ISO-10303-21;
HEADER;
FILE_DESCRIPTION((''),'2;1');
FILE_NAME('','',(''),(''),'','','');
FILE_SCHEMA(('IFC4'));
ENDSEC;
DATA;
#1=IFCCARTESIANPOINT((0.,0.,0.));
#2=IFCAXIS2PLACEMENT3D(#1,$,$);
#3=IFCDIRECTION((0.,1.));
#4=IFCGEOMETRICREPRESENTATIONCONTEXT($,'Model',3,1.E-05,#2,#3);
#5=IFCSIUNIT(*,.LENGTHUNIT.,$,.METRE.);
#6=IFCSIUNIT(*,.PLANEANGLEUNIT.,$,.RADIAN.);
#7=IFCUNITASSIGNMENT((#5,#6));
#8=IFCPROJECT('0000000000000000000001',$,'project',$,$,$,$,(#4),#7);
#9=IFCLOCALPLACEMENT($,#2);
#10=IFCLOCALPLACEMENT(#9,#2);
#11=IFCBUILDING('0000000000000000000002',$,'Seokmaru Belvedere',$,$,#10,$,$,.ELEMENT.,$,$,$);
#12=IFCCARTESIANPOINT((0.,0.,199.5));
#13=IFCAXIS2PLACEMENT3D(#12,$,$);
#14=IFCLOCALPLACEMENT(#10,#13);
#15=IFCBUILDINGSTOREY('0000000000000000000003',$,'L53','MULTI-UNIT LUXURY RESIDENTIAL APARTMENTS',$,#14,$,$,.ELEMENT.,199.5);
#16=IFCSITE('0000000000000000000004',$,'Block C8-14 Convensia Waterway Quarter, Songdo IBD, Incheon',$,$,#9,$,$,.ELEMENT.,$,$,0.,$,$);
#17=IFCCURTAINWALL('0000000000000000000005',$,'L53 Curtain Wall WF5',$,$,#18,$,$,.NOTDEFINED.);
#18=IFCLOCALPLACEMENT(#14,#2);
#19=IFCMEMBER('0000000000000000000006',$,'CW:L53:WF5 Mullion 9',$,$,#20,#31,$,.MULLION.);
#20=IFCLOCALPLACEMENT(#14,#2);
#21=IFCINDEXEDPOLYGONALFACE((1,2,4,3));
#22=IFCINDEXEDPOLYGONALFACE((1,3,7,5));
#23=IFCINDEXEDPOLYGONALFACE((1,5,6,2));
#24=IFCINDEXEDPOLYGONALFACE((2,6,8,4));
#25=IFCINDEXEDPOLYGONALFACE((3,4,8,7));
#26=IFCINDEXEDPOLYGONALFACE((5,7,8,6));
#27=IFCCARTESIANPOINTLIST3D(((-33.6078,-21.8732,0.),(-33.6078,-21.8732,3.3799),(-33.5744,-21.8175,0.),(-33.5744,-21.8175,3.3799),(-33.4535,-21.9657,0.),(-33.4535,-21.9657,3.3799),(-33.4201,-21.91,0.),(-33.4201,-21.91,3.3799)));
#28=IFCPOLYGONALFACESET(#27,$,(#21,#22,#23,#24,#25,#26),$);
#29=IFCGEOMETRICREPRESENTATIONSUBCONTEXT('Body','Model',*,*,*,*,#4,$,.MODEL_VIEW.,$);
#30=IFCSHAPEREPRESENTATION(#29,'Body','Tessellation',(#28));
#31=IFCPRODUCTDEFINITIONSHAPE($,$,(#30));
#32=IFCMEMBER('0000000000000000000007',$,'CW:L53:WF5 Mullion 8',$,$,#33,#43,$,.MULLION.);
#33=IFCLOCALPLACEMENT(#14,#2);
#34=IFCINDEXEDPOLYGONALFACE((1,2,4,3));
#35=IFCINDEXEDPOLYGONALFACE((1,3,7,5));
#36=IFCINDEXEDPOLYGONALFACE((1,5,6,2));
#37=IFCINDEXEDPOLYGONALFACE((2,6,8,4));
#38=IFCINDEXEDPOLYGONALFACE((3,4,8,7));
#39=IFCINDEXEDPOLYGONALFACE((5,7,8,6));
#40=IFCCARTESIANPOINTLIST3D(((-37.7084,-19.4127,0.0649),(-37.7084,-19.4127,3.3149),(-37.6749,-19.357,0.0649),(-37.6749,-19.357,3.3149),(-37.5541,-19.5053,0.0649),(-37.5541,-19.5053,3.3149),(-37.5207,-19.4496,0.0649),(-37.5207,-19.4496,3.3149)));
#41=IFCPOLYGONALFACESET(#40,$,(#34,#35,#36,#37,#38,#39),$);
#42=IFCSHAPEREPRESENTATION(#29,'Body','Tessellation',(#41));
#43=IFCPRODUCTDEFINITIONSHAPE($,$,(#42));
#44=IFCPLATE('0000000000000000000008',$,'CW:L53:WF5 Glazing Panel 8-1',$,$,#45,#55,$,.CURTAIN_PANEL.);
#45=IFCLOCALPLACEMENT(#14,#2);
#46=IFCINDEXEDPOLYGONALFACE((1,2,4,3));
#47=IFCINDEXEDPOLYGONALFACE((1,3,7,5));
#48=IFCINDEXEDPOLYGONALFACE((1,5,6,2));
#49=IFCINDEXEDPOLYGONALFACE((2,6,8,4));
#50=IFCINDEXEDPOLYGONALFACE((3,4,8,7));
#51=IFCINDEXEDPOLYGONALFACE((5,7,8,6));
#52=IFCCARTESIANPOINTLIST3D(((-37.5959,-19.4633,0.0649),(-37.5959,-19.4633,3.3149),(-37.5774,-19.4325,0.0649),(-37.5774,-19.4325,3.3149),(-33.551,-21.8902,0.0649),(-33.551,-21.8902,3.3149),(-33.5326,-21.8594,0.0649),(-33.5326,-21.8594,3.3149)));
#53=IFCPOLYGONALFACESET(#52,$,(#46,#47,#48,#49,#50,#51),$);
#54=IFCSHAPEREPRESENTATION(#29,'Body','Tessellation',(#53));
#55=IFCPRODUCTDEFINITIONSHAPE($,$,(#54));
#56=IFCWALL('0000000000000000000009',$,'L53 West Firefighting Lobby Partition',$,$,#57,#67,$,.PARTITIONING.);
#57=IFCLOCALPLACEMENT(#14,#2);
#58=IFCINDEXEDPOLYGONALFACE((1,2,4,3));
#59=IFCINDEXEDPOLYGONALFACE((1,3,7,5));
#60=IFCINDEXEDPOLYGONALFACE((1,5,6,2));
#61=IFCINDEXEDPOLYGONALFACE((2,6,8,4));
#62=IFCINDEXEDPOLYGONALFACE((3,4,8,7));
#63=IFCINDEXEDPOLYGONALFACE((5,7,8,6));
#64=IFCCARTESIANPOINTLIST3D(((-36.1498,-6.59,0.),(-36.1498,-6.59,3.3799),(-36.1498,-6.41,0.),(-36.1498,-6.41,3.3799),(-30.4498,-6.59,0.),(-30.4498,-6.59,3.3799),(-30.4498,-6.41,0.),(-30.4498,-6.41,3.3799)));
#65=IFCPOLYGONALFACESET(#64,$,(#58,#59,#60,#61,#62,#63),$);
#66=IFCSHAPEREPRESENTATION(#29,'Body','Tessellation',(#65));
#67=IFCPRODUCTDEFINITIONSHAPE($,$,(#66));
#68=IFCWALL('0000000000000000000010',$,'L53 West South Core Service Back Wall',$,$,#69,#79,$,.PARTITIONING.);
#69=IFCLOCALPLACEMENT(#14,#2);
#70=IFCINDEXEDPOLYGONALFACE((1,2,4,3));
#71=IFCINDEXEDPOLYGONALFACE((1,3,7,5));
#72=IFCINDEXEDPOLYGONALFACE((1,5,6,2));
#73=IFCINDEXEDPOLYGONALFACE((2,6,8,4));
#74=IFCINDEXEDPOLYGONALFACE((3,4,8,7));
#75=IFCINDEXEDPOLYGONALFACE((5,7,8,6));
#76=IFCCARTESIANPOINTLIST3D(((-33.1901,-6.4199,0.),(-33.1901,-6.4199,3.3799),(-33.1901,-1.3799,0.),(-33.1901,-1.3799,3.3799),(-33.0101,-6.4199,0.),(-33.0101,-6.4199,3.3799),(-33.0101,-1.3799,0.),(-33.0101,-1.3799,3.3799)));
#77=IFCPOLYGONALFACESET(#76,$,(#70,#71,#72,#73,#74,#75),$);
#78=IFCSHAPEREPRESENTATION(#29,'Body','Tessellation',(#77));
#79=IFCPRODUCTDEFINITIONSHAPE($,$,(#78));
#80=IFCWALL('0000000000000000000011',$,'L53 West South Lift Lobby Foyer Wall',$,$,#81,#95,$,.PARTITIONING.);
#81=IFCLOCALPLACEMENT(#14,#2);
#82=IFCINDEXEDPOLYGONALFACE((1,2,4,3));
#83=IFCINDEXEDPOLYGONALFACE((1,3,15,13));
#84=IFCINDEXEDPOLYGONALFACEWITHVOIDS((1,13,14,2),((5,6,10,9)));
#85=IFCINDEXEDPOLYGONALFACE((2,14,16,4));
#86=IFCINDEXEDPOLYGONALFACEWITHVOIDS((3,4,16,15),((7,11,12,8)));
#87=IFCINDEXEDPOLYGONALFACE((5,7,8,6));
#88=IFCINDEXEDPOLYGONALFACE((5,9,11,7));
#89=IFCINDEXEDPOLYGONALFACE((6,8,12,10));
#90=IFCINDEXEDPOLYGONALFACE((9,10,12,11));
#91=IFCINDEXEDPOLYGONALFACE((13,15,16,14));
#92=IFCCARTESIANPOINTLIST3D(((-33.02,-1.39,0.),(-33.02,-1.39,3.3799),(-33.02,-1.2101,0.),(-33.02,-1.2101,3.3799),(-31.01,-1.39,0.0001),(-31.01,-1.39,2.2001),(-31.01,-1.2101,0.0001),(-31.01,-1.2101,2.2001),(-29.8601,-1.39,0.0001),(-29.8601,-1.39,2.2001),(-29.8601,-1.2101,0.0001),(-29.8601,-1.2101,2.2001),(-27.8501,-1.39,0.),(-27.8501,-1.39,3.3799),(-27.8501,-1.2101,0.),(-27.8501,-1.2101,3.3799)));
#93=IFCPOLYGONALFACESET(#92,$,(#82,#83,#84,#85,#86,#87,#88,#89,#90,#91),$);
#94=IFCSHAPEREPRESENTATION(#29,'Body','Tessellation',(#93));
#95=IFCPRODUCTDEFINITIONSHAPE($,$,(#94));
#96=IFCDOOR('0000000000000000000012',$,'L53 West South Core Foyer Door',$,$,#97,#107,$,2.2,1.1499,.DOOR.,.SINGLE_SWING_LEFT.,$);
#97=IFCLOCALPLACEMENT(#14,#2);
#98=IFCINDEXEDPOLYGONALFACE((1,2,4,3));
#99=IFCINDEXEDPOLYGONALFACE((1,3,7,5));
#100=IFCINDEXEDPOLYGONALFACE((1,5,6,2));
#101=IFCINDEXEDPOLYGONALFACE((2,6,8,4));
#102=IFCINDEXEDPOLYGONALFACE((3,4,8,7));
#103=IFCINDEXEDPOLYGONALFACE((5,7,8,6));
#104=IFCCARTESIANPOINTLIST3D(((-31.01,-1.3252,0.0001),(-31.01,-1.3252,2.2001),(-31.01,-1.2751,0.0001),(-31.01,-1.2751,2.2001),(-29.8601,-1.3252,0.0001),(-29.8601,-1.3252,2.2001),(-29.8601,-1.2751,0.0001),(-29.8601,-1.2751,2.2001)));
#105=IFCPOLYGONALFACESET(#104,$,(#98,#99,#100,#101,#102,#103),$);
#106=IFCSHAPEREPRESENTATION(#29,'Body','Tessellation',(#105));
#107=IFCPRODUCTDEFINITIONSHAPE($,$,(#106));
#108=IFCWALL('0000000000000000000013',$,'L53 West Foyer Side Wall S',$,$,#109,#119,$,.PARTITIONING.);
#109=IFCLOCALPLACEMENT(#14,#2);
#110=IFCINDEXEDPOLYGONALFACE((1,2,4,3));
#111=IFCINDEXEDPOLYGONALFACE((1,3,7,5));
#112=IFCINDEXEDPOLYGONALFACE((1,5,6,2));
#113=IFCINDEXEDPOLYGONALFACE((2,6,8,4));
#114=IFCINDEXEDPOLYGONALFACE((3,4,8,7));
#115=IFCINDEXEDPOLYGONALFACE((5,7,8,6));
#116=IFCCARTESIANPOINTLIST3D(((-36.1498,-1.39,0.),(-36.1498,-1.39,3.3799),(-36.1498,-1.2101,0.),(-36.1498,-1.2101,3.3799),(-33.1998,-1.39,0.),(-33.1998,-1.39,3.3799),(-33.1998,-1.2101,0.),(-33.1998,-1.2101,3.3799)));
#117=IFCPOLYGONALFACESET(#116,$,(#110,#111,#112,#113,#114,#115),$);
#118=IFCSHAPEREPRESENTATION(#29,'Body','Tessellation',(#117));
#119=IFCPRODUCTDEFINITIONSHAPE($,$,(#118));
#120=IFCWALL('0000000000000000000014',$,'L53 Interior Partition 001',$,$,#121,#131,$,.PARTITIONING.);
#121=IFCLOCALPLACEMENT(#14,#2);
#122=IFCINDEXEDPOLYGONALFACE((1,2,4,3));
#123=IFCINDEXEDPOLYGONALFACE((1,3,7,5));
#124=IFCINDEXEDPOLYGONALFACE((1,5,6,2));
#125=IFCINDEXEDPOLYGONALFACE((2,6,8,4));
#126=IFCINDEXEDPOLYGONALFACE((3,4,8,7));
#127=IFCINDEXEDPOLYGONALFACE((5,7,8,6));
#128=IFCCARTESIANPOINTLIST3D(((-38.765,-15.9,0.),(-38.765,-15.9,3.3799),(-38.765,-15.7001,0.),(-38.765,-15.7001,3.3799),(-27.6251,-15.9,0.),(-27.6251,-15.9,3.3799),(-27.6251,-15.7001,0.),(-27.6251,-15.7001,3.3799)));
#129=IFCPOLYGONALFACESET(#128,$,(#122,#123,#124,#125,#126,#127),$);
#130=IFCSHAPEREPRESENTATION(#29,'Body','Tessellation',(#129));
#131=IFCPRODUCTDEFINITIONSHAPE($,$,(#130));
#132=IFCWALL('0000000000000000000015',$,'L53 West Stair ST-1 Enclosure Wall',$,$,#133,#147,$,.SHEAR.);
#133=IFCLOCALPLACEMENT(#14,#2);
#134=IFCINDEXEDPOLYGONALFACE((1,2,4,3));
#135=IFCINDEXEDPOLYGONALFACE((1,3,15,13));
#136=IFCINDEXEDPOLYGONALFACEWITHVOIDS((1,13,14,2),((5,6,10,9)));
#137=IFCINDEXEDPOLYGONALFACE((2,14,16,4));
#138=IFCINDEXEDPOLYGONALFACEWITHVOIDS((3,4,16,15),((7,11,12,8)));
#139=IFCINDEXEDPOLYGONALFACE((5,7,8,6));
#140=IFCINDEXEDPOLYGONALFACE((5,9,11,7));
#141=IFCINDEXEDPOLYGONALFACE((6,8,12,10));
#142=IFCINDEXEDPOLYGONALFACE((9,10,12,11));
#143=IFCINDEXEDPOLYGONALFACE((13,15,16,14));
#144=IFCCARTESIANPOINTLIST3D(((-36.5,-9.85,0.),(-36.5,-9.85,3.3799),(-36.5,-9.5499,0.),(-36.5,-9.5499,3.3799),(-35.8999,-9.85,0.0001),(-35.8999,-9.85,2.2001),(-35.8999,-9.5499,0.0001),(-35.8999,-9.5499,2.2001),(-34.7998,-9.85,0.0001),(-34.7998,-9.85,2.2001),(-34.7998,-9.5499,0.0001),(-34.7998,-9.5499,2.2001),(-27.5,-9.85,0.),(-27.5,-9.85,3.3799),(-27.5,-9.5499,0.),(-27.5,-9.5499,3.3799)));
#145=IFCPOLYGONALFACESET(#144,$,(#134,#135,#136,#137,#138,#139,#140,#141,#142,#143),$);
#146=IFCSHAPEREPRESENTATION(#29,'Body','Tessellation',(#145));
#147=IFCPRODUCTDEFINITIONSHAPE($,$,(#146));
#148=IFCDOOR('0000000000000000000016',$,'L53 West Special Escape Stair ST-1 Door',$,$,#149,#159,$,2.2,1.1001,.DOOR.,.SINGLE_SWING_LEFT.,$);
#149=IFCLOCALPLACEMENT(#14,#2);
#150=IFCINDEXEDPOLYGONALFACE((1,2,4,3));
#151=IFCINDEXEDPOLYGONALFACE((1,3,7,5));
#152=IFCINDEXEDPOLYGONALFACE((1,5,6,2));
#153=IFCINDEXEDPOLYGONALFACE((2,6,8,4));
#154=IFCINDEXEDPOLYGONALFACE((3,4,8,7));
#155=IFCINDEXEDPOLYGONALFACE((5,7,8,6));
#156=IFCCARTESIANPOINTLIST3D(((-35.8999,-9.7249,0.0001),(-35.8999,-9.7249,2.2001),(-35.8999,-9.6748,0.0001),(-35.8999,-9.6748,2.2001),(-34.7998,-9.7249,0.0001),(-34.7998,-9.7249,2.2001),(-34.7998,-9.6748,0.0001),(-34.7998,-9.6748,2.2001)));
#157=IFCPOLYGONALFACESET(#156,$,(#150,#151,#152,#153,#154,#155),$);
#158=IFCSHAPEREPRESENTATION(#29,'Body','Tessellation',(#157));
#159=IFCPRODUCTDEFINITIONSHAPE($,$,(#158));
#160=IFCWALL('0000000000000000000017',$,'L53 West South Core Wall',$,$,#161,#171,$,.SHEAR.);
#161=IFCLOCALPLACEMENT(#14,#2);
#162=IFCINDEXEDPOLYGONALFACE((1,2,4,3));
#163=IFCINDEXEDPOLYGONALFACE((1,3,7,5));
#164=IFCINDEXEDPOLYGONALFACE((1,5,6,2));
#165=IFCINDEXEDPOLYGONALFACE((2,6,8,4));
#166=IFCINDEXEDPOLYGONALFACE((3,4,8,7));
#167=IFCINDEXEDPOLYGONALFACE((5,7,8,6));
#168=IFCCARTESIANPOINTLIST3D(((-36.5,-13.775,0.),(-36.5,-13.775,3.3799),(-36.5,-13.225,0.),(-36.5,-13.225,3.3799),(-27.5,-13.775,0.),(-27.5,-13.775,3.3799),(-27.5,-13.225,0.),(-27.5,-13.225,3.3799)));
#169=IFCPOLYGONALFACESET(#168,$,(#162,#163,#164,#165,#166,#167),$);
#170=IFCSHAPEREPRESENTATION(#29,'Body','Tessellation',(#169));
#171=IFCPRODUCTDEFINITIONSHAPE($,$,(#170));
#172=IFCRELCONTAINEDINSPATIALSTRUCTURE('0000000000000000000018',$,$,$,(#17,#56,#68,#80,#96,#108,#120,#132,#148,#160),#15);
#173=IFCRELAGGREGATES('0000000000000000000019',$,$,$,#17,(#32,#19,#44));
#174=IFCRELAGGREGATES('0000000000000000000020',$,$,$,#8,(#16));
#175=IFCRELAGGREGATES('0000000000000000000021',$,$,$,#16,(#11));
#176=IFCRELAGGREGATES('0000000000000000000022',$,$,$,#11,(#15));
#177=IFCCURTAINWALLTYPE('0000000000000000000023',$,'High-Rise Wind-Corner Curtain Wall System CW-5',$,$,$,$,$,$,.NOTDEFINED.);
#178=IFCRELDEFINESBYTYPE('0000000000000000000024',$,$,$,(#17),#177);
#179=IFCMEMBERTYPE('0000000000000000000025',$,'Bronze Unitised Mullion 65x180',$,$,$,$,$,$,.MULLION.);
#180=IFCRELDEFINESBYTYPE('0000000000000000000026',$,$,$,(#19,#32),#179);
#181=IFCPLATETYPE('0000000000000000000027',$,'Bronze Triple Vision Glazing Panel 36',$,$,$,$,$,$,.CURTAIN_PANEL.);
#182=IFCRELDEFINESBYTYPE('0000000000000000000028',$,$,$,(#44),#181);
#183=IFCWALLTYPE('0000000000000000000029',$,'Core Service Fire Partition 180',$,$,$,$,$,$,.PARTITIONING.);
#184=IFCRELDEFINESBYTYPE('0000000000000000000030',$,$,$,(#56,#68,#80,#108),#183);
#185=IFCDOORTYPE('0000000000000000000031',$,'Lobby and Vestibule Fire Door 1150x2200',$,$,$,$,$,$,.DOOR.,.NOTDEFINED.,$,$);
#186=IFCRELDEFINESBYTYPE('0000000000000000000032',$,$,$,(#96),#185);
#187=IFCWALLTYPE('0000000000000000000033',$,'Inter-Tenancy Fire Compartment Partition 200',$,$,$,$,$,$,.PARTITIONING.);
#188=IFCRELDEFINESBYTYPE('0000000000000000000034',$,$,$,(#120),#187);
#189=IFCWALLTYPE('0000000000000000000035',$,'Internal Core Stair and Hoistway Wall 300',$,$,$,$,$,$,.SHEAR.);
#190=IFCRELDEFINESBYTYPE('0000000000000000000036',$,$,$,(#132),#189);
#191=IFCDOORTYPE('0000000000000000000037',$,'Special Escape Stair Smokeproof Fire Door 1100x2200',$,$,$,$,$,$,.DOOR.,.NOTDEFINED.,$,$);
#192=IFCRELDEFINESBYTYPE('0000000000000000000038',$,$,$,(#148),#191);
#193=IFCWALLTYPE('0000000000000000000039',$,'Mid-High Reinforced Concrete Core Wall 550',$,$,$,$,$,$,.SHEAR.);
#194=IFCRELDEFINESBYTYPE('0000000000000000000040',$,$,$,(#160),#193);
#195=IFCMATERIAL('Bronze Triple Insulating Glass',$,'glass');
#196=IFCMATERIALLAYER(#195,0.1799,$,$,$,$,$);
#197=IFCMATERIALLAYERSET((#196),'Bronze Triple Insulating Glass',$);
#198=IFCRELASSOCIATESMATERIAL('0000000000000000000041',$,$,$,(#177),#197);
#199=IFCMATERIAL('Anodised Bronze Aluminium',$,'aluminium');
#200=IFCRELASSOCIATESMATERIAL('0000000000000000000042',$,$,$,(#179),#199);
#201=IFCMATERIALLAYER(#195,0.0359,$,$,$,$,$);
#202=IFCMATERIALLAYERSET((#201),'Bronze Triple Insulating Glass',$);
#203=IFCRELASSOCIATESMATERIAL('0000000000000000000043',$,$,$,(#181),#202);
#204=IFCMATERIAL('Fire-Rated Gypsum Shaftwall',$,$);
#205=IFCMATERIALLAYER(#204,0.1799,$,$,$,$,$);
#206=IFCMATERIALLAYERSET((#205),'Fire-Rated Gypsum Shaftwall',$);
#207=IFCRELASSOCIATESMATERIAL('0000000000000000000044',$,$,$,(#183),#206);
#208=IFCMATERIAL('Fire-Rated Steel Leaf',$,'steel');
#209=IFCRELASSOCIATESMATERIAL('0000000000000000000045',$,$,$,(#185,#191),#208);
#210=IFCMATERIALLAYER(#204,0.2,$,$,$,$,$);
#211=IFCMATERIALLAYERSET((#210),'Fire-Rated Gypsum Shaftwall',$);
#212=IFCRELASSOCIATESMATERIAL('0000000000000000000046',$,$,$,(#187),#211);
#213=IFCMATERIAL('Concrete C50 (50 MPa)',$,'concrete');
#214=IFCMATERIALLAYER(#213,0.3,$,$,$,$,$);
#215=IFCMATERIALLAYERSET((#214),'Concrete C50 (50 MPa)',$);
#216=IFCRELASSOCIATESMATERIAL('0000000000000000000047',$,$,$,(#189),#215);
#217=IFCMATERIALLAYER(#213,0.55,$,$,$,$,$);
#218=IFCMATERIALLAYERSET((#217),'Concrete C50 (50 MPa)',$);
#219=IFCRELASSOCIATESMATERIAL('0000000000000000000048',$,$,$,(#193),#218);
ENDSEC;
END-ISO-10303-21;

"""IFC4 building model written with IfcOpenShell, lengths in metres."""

from ifc_helpers import new_model, si_unit, direction, frame, frame_2d, origin, origin_2d, place, context, subcontext, project, spatial, rectangle, extrude, source, transform, mapped, material, layer, layer_set, material_profile, profile_set, type_object, type_shapes, element, fill, aggregate, save


model = new_model("IFC4")

# Units and contexts
model_context = context("Model", 3, precision=1e-05, world=origin(), true_north=direction((0.0, 1.0)))
body_context = subcontext(model_context, "Body", "Model", "MODEL_VIEW")
ifc_project = project(units=[si_unit("LENGTHUNIT", "METRE"), si_unit("PLANEANGLEUNIT", "RADIAN")], contexts=[model_context])

# Site, building, storey
site_placement = place(None, origin())
site = spatial("IfcSite", under=ifc_project, at=site_placement, Name="Block C8-14 Convensia Waterway Quarter, Songdo IBD, Incheon", CompositionType="ELEMENT", RefElevation=0.0)
building_placement = place(site_placement, origin())
building = spatial("IfcBuilding", under=site, at=building_placement, Name="Seokmaru Belvedere", CompositionType="ELEMENT")
storey_placement = place(building_placement, frame((0.0, 0.0, 199.5)))
storey = spatial("IfcBuildingStorey", under=building, at=storey_placement, Name="L53", Description="MULTI-UNIT LUXURY RESIDENTIAL APARTMENTS", CompositionType="ELEMENT", Elevation=199.5)

# Curtain wall, members, plate
ifc_material_1 = material(Name="Bronze Triple Insulating Glass", Category="glass")
ifc_layer_1 = layer(ifc_material_1, 0.1799)
ifc_layer_set_1 = layer_set([ifc_layer_1], Name="Bronze Triple Insulating Glass")
curtain_wall_type = type_object("IfcCurtainWallType", Name="High-Rise Wind-Corner Curtain Wall System CW-5", PredefinedType="NOTDEFINED", material=ifc_layer_set_1)
curtain_wall_placement = place(storey_placement, origin())
curtain_wall = element("IfcCurtainWall", 1, at=curtain_wall_placement, inside=storey, type_object=curtain_wall_type, Name="L53 Curtain Wall WF5", PredefinedType="NOTDEFINED")
ifc_material_2 = material(Name="Anodised Bronze Aluminium", Category="aluminium")
ifc_material_profile_1 = material_profile(ifc_material_2, rectangle(XDim=0.0649, YDim=0.1799, at=origin_2d()), Name="CW-M-65x180")
ifc_profile_set_1 = profile_set([ifc_material_profile_1], Name="Anodised Bronze Aluminium")
member_type = type_object("IfcMemberType", Name="Bronze Unitised Mullion 65x180", PredefinedType="MULLION", material=ifc_profile_set_1)
shared_shape_1 = source(origin(), body_context, "Body", "SweptSolid", [
    extrude(rectangle(XDim=0.0649, YDim=0.1799, at=origin_2d()), origin(), (0.0, 0.0, 1.0), 3.3799),
])
member_1_placement = place(storey_placement, frame((-33.5139, -21.8916, 0.0), z_axis=(0.0, 0.0, 1.0), x_axis=(0.514495, 0.857493, 0.0)))
member_1 = element("IfcMember", 2, at=member_1_placement, type_object=member_type, Name="CW:L53:WF5 Mullion 9", PredefinedType="MULLION", context=body_context, shape_type="MappedRepresentation", body=[
    mapped(shared_shape_1, transform((0.0, 0.0, 0.0), scale=1.0)),
])
shared_shape_2 = source(origin(), body_context, "Body", "SweptSolid", [
    extrude(rectangle(XDim=0.0649, YDim=0.1799, at=origin_2d()), origin(), (0.0, 0.0, 1.0), 3.25),
])
type_shapes(member_type, [shared_shape_1, shared_shape_2])
member_2_placement = place(storey_placement, frame((-37.6145, -19.4312, 0.0649), z_axis=(0.0, 0.0, 1.0), x_axis=(0.514495, 0.857493, 0.0)))
member_2 = element("IfcMember", 3, at=member_2_placement, type_object=member_type, Name="CW:L53:WF5 Mullion 8", PredefinedType="MULLION", context=body_context, shape_type="MappedRepresentation", body=[
    mapped(shared_shape_2, transform((0.0, 0.0, 0.0), scale=1.0)),
])
ifc_layer_2 = layer(ifc_material_1, 0.0359)
ifc_layer_set_2 = layer_set([ifc_layer_2], Name="Bronze Triple Insulating Glass")
plate_type = type_object("IfcPlateType", Name="Bronze Triple Vision Glazing Panel 36", PredefinedType="CURTAIN_PANEL", material=ifc_layer_set_2)
shared_shape_3 = source(origin(), body_context, "Body", "SweptSolid", [
    extrude(rectangle(XDim=4.717, YDim=0.0359, at=origin_2d()), origin(), (0.0, 0.0, 1.0), 3.25),
])
type_shapes(plate_type, [shared_shape_3])
plate_placement = place(storey_placement, frame((-35.5642, -20.6614, 0.0649), z_axis=(0.0, 0.0, 1.0), x_axis=(0.857493, -0.514495, 0.0)))
plate = element("IfcPlate", 4, at=plate_placement, type_object=plate_type, Name="CW:L53:WF5 Glazing Panel 8-1", PredefinedType="CURTAIN_PANEL", context=body_context, shape_type="MappedRepresentation", body=[
    mapped(shared_shape_3, transform((0.0, 0.0, 0.0), scale=1.0)),
])
aggregate(curtain_wall, [member_2, member_1, plate])

# Shared definitions
ifc_material_3 = material(Name="Fire-Rated Gypsum Shaftwall")

# Walls
ifc_layer_3 = layer(ifc_material_3, 0.1799)
ifc_layer_set_3 = layer_set([ifc_layer_3], Name="Fire-Rated Gypsum Shaftwall")
wall_type_1 = type_object("IfcWallType", Name="Core Service Fire Partition 180", PredefinedType="PARTITIONING", material=ifc_layer_set_3)
wall_1_placement = place(storey_placement, frame((-36.1499, -6.5, 0.0), z_axis=(0.0, 0.0, 1.0), x_axis=(1.0, 0.0, 0.0)))
element("IfcWall", 5, at=wall_1_placement, inside=storey, type_object=wall_type_1, Name="L53 West Firefighting Lobby Partition", PredefinedType="PARTITIONING", context=body_context, shape_type="SweptSolid", body=[
    extrude(rectangle(XDim=5.7, YDim=0.1799, at=frame_2d((2.8501, 0.0))), origin(), (0.0, 0.0, 1.0), 3.3799),
])
wall_2_placement = place(storey_placement, frame((-33.1001, -6.4199, 0.0), z_axis=(0.0, 0.0, 1.0), x_axis=(0.0, 1.0, 0.0)))
element("IfcWall", 6, at=wall_2_placement, inside=storey, type_object=wall_type_1, Name="L53 West South Core Service Back Wall", PredefinedType="PARTITIONING", context=body_context, shape_type="SweptSolid", body=[
    extrude(rectangle(XDim=5.04, YDim=0.1799, at=frame_2d((2.52, 0.0))), origin(), (0.0, 0.0, 1.0), 3.3799),
])

# Wall, opening, door
wall_3_placement = place(storey_placement, frame((-33.02, -1.3, 0.0), z_axis=(0.0, 0.0, 1.0), x_axis=(1.0, 0.0, 0.0)))
wall_3 = element("IfcWall", 7, at=wall_3_placement, inside=storey, type_object=wall_type_1, Name="L53 West South Lift Lobby Foyer Wall", PredefinedType="PARTITIONING", context=body_context, shape_type="SweptSolid", body=[
    extrude(rectangle(XDim=5.1699, YDim=0.1799, at=frame_2d((2.585, 0.0))), origin(), (0.0, 0.0, 1.0), 3.3799),
])
opening_1_placement = place(wall_3_placement, frame((2.01, 0.0, 0.0)))
opening_1 = element("IfcOpeningElement", 8, at=opening_1_placement, cuts=wall_3, PredefinedType="OPENING", context=body_context, shape_type="SweptSolid", body=[
    extrude(rectangle(XDim=1.1499, YDim=2.2, at=frame_2d((0.575, 1.1001))), frame((0.0, 0.1001, 0.0), z_axis=(0.0, -1.0, 0.0), x_axis=(1.0, 0.0, 0.0)), (0.0, 0.0, 1.0), 0.2),
])
ifc_material_4 = material(Name="Fire-Rated Steel Leaf", Category="steel")
door_type_1 = type_object("IfcDoorType", Name="Lobby and Vestibule Fire Door 1150x2200", OperationType="NOTDEFINED", PredefinedType="DOOR", material=ifc_material_4)
shared_shape_4 = source(origin(), body_context, "Body", "SweptSolid", [
    extrude(rectangle(XDim=1.1499, YDim=2.2, at=frame_2d((0.575, 1.1001))), frame((0.0, 0.0249, 0.0), z_axis=(0.0, -1.0, 0.0), x_axis=(1.0, 0.0, 0.0)), (0.0, 0.0, 1.0), 0.05),
])
type_shapes(door_type_1, [shared_shape_4])
door_1_placement = place(opening_1_placement, origin())
door_1 = element("IfcDoor", 9, at=door_1_placement, inside=storey, type_object=door_type_1, Name="L53 West South Core Foyer Door", OperationType="SINGLE_SWING_LEFT", OverallHeight=2.2, OverallWidth=1.1499, PredefinedType="DOOR", context=body_context, shape_type="MappedRepresentation", body=[
    mapped(shared_shape_4, transform((0.0, 0.0, 0.0), scale=1.0)),
])
fill(opening_1, door_1)

# Walls
wall_4_placement = place(storey_placement, frame((-36.1499, -1.3, 0.0), z_axis=(0.0, 0.0, 1.0), x_axis=(1.0, 0.0, 0.0)))
element("IfcWall", 10, at=wall_4_placement, inside=storey, type_object=wall_type_1, Name="L53 West Foyer Side Wall S", PredefinedType="PARTITIONING", context=body_context, shape_type="SweptSolid", body=[
    extrude(rectangle(XDim=2.95, YDim=0.1799, at=frame_2d((1.4751, 0.0))), origin(), (0.0, 0.0, 1.0), 3.3799),
])
ifc_layer_4 = layer(ifc_material_3, 0.2)
ifc_layer_set_4 = layer_set([ifc_layer_4], Name="Fire-Rated Gypsum Shaftwall")
wall_type_2 = type_object("IfcWallType", Name="Inter-Tenancy Fire Compartment Partition 200", PredefinedType="PARTITIONING", material=ifc_layer_set_4)
wall_5_placement = place(storey_placement, frame((-38.7649, -15.8, 0.0), z_axis=(0.0, 0.0, 1.0), x_axis=(1.0, 0.0, 0.0)))
element("IfcWall", 11, at=wall_5_placement, inside=storey, type_object=wall_type_2, Name="L53 Interior Partition 001", PredefinedType="PARTITIONING", context=body_context, shape_type="SweptSolid", body=[
    extrude(rectangle(XDim=11.1399, YDim=0.2, at=frame_2d((5.5698, 0.0))), origin(), (0.0, 0.0, 1.0), 3.3799),
])

# Wall, opening, door
ifc_material_5 = material(Name="Concrete C50 (50 MPa)", Category="concrete")
ifc_layer_5 = layer(ifc_material_5, 0.3)
ifc_layer_set_5 = layer_set([ifc_layer_5], Name="Concrete C50 (50 MPa)")
wall_type_3 = type_object("IfcWallType", Name="Internal Core Stair and Hoistway Wall 300", PredefinedType="SHEAR", material=ifc_layer_set_5)
wall_6_placement = place(storey_placement, frame((-36.5, -9.7, 0.0), z_axis=(0.0, 0.0, 1.0), x_axis=(1.0, 0.0, 0.0)))
wall_6 = element("IfcWall", 12, at=wall_6_placement, inside=storey, type_object=wall_type_3, Name="L53 West Stair ST-1 Enclosure Wall", PredefinedType="SHEAR", context=body_context, shape_type="SweptSolid", body=[
    extrude(rectangle(XDim=9.0, YDim=0.3, at=frame_2d((4.5, 0.0))), origin(), (0.0, 0.0, 1.0), 3.3799),
])
opening_2_placement = place(wall_6_placement, frame((0.6001, 0.0, 0.0)))
opening_2 = element("IfcOpeningElement", 13, at=opening_2_placement, cuts=wall_6, PredefinedType="OPENING", context=body_context, shape_type="SweptSolid", body=[
    extrude(rectangle(XDim=1.1001, YDim=2.2, at=frame_2d((0.55, 1.1001))), frame((0.0, 0.1602, 0.0), z_axis=(0.0, -1.0, 0.0), x_axis=(1.0, 0.0, 0.0)), (0.0, 0.0, 1.0), 0.3201),
])
door_type_2 = type_object("IfcDoorType", Name="Special Escape Stair Smokeproof Fire Door 1100x2200", OperationType="NOTDEFINED", PredefinedType="DOOR", material=ifc_material_4)
shared_shape_5 = source(origin(), body_context, "Body", "SweptSolid", [
    extrude(rectangle(XDim=1.1001, YDim=2.2, at=frame_2d((0.55, 1.1001))), frame((0.0, 0.0249, 0.0), z_axis=(0.0, -1.0, 0.0), x_axis=(1.0, 0.0, 0.0)), (0.0, 0.0, 1.0), 0.05),
])
type_shapes(door_type_2, [shared_shape_5])
door_2_placement = place(opening_2_placement, frame((1.1001, 0.0, 0.0), z_axis=(0.0, 0.0, 1.0), x_axis=(-1.0, 0.0, 0.0)))
door_2 = element("IfcDoor", 14, at=door_2_placement, inside=storey, type_object=door_type_2, Name="L53 West Special Escape Stair ST-1 Door", OperationType="SINGLE_SWING_LEFT", OverallHeight=2.2, OverallWidth=1.1001, PredefinedType="DOOR", context=body_context, shape_type="MappedRepresentation", body=[
    mapped(shared_shape_5, transform((0.0, 0.0, 0.0), scale=1.0)),
])
fill(opening_2, door_2)

# Wall
ifc_layer_6 = layer(ifc_material_5, 0.55)
ifc_layer_set_6 = layer_set([ifc_layer_6], Name="Concrete C50 (50 MPa)")
wall_type_4 = type_object("IfcWallType", Name="Mid-High Reinforced Concrete Core Wall 550", PredefinedType="SHEAR", material=ifc_layer_set_6)
wall_7_placement = place(storey_placement, frame((-36.5, -13.5, 0.0), z_axis=(0.0, 0.0, 1.0), x_axis=(1.0, 0.0, 0.0)))
element("IfcWall", 15, at=wall_7_placement, inside=storey, type_object=wall_type_4, Name="L53 West South Core Wall", PredefinedType="SHEAR", context=body_context, shape_type="SweptSolid", body=[
    extrude(rectangle(XDim=9.0, YDim=0.55, at=frame_2d((4.5, 0.0))), origin(), (0.0, 0.0, 1.0), 3.3799),
])

save(model, "model.ifc")
